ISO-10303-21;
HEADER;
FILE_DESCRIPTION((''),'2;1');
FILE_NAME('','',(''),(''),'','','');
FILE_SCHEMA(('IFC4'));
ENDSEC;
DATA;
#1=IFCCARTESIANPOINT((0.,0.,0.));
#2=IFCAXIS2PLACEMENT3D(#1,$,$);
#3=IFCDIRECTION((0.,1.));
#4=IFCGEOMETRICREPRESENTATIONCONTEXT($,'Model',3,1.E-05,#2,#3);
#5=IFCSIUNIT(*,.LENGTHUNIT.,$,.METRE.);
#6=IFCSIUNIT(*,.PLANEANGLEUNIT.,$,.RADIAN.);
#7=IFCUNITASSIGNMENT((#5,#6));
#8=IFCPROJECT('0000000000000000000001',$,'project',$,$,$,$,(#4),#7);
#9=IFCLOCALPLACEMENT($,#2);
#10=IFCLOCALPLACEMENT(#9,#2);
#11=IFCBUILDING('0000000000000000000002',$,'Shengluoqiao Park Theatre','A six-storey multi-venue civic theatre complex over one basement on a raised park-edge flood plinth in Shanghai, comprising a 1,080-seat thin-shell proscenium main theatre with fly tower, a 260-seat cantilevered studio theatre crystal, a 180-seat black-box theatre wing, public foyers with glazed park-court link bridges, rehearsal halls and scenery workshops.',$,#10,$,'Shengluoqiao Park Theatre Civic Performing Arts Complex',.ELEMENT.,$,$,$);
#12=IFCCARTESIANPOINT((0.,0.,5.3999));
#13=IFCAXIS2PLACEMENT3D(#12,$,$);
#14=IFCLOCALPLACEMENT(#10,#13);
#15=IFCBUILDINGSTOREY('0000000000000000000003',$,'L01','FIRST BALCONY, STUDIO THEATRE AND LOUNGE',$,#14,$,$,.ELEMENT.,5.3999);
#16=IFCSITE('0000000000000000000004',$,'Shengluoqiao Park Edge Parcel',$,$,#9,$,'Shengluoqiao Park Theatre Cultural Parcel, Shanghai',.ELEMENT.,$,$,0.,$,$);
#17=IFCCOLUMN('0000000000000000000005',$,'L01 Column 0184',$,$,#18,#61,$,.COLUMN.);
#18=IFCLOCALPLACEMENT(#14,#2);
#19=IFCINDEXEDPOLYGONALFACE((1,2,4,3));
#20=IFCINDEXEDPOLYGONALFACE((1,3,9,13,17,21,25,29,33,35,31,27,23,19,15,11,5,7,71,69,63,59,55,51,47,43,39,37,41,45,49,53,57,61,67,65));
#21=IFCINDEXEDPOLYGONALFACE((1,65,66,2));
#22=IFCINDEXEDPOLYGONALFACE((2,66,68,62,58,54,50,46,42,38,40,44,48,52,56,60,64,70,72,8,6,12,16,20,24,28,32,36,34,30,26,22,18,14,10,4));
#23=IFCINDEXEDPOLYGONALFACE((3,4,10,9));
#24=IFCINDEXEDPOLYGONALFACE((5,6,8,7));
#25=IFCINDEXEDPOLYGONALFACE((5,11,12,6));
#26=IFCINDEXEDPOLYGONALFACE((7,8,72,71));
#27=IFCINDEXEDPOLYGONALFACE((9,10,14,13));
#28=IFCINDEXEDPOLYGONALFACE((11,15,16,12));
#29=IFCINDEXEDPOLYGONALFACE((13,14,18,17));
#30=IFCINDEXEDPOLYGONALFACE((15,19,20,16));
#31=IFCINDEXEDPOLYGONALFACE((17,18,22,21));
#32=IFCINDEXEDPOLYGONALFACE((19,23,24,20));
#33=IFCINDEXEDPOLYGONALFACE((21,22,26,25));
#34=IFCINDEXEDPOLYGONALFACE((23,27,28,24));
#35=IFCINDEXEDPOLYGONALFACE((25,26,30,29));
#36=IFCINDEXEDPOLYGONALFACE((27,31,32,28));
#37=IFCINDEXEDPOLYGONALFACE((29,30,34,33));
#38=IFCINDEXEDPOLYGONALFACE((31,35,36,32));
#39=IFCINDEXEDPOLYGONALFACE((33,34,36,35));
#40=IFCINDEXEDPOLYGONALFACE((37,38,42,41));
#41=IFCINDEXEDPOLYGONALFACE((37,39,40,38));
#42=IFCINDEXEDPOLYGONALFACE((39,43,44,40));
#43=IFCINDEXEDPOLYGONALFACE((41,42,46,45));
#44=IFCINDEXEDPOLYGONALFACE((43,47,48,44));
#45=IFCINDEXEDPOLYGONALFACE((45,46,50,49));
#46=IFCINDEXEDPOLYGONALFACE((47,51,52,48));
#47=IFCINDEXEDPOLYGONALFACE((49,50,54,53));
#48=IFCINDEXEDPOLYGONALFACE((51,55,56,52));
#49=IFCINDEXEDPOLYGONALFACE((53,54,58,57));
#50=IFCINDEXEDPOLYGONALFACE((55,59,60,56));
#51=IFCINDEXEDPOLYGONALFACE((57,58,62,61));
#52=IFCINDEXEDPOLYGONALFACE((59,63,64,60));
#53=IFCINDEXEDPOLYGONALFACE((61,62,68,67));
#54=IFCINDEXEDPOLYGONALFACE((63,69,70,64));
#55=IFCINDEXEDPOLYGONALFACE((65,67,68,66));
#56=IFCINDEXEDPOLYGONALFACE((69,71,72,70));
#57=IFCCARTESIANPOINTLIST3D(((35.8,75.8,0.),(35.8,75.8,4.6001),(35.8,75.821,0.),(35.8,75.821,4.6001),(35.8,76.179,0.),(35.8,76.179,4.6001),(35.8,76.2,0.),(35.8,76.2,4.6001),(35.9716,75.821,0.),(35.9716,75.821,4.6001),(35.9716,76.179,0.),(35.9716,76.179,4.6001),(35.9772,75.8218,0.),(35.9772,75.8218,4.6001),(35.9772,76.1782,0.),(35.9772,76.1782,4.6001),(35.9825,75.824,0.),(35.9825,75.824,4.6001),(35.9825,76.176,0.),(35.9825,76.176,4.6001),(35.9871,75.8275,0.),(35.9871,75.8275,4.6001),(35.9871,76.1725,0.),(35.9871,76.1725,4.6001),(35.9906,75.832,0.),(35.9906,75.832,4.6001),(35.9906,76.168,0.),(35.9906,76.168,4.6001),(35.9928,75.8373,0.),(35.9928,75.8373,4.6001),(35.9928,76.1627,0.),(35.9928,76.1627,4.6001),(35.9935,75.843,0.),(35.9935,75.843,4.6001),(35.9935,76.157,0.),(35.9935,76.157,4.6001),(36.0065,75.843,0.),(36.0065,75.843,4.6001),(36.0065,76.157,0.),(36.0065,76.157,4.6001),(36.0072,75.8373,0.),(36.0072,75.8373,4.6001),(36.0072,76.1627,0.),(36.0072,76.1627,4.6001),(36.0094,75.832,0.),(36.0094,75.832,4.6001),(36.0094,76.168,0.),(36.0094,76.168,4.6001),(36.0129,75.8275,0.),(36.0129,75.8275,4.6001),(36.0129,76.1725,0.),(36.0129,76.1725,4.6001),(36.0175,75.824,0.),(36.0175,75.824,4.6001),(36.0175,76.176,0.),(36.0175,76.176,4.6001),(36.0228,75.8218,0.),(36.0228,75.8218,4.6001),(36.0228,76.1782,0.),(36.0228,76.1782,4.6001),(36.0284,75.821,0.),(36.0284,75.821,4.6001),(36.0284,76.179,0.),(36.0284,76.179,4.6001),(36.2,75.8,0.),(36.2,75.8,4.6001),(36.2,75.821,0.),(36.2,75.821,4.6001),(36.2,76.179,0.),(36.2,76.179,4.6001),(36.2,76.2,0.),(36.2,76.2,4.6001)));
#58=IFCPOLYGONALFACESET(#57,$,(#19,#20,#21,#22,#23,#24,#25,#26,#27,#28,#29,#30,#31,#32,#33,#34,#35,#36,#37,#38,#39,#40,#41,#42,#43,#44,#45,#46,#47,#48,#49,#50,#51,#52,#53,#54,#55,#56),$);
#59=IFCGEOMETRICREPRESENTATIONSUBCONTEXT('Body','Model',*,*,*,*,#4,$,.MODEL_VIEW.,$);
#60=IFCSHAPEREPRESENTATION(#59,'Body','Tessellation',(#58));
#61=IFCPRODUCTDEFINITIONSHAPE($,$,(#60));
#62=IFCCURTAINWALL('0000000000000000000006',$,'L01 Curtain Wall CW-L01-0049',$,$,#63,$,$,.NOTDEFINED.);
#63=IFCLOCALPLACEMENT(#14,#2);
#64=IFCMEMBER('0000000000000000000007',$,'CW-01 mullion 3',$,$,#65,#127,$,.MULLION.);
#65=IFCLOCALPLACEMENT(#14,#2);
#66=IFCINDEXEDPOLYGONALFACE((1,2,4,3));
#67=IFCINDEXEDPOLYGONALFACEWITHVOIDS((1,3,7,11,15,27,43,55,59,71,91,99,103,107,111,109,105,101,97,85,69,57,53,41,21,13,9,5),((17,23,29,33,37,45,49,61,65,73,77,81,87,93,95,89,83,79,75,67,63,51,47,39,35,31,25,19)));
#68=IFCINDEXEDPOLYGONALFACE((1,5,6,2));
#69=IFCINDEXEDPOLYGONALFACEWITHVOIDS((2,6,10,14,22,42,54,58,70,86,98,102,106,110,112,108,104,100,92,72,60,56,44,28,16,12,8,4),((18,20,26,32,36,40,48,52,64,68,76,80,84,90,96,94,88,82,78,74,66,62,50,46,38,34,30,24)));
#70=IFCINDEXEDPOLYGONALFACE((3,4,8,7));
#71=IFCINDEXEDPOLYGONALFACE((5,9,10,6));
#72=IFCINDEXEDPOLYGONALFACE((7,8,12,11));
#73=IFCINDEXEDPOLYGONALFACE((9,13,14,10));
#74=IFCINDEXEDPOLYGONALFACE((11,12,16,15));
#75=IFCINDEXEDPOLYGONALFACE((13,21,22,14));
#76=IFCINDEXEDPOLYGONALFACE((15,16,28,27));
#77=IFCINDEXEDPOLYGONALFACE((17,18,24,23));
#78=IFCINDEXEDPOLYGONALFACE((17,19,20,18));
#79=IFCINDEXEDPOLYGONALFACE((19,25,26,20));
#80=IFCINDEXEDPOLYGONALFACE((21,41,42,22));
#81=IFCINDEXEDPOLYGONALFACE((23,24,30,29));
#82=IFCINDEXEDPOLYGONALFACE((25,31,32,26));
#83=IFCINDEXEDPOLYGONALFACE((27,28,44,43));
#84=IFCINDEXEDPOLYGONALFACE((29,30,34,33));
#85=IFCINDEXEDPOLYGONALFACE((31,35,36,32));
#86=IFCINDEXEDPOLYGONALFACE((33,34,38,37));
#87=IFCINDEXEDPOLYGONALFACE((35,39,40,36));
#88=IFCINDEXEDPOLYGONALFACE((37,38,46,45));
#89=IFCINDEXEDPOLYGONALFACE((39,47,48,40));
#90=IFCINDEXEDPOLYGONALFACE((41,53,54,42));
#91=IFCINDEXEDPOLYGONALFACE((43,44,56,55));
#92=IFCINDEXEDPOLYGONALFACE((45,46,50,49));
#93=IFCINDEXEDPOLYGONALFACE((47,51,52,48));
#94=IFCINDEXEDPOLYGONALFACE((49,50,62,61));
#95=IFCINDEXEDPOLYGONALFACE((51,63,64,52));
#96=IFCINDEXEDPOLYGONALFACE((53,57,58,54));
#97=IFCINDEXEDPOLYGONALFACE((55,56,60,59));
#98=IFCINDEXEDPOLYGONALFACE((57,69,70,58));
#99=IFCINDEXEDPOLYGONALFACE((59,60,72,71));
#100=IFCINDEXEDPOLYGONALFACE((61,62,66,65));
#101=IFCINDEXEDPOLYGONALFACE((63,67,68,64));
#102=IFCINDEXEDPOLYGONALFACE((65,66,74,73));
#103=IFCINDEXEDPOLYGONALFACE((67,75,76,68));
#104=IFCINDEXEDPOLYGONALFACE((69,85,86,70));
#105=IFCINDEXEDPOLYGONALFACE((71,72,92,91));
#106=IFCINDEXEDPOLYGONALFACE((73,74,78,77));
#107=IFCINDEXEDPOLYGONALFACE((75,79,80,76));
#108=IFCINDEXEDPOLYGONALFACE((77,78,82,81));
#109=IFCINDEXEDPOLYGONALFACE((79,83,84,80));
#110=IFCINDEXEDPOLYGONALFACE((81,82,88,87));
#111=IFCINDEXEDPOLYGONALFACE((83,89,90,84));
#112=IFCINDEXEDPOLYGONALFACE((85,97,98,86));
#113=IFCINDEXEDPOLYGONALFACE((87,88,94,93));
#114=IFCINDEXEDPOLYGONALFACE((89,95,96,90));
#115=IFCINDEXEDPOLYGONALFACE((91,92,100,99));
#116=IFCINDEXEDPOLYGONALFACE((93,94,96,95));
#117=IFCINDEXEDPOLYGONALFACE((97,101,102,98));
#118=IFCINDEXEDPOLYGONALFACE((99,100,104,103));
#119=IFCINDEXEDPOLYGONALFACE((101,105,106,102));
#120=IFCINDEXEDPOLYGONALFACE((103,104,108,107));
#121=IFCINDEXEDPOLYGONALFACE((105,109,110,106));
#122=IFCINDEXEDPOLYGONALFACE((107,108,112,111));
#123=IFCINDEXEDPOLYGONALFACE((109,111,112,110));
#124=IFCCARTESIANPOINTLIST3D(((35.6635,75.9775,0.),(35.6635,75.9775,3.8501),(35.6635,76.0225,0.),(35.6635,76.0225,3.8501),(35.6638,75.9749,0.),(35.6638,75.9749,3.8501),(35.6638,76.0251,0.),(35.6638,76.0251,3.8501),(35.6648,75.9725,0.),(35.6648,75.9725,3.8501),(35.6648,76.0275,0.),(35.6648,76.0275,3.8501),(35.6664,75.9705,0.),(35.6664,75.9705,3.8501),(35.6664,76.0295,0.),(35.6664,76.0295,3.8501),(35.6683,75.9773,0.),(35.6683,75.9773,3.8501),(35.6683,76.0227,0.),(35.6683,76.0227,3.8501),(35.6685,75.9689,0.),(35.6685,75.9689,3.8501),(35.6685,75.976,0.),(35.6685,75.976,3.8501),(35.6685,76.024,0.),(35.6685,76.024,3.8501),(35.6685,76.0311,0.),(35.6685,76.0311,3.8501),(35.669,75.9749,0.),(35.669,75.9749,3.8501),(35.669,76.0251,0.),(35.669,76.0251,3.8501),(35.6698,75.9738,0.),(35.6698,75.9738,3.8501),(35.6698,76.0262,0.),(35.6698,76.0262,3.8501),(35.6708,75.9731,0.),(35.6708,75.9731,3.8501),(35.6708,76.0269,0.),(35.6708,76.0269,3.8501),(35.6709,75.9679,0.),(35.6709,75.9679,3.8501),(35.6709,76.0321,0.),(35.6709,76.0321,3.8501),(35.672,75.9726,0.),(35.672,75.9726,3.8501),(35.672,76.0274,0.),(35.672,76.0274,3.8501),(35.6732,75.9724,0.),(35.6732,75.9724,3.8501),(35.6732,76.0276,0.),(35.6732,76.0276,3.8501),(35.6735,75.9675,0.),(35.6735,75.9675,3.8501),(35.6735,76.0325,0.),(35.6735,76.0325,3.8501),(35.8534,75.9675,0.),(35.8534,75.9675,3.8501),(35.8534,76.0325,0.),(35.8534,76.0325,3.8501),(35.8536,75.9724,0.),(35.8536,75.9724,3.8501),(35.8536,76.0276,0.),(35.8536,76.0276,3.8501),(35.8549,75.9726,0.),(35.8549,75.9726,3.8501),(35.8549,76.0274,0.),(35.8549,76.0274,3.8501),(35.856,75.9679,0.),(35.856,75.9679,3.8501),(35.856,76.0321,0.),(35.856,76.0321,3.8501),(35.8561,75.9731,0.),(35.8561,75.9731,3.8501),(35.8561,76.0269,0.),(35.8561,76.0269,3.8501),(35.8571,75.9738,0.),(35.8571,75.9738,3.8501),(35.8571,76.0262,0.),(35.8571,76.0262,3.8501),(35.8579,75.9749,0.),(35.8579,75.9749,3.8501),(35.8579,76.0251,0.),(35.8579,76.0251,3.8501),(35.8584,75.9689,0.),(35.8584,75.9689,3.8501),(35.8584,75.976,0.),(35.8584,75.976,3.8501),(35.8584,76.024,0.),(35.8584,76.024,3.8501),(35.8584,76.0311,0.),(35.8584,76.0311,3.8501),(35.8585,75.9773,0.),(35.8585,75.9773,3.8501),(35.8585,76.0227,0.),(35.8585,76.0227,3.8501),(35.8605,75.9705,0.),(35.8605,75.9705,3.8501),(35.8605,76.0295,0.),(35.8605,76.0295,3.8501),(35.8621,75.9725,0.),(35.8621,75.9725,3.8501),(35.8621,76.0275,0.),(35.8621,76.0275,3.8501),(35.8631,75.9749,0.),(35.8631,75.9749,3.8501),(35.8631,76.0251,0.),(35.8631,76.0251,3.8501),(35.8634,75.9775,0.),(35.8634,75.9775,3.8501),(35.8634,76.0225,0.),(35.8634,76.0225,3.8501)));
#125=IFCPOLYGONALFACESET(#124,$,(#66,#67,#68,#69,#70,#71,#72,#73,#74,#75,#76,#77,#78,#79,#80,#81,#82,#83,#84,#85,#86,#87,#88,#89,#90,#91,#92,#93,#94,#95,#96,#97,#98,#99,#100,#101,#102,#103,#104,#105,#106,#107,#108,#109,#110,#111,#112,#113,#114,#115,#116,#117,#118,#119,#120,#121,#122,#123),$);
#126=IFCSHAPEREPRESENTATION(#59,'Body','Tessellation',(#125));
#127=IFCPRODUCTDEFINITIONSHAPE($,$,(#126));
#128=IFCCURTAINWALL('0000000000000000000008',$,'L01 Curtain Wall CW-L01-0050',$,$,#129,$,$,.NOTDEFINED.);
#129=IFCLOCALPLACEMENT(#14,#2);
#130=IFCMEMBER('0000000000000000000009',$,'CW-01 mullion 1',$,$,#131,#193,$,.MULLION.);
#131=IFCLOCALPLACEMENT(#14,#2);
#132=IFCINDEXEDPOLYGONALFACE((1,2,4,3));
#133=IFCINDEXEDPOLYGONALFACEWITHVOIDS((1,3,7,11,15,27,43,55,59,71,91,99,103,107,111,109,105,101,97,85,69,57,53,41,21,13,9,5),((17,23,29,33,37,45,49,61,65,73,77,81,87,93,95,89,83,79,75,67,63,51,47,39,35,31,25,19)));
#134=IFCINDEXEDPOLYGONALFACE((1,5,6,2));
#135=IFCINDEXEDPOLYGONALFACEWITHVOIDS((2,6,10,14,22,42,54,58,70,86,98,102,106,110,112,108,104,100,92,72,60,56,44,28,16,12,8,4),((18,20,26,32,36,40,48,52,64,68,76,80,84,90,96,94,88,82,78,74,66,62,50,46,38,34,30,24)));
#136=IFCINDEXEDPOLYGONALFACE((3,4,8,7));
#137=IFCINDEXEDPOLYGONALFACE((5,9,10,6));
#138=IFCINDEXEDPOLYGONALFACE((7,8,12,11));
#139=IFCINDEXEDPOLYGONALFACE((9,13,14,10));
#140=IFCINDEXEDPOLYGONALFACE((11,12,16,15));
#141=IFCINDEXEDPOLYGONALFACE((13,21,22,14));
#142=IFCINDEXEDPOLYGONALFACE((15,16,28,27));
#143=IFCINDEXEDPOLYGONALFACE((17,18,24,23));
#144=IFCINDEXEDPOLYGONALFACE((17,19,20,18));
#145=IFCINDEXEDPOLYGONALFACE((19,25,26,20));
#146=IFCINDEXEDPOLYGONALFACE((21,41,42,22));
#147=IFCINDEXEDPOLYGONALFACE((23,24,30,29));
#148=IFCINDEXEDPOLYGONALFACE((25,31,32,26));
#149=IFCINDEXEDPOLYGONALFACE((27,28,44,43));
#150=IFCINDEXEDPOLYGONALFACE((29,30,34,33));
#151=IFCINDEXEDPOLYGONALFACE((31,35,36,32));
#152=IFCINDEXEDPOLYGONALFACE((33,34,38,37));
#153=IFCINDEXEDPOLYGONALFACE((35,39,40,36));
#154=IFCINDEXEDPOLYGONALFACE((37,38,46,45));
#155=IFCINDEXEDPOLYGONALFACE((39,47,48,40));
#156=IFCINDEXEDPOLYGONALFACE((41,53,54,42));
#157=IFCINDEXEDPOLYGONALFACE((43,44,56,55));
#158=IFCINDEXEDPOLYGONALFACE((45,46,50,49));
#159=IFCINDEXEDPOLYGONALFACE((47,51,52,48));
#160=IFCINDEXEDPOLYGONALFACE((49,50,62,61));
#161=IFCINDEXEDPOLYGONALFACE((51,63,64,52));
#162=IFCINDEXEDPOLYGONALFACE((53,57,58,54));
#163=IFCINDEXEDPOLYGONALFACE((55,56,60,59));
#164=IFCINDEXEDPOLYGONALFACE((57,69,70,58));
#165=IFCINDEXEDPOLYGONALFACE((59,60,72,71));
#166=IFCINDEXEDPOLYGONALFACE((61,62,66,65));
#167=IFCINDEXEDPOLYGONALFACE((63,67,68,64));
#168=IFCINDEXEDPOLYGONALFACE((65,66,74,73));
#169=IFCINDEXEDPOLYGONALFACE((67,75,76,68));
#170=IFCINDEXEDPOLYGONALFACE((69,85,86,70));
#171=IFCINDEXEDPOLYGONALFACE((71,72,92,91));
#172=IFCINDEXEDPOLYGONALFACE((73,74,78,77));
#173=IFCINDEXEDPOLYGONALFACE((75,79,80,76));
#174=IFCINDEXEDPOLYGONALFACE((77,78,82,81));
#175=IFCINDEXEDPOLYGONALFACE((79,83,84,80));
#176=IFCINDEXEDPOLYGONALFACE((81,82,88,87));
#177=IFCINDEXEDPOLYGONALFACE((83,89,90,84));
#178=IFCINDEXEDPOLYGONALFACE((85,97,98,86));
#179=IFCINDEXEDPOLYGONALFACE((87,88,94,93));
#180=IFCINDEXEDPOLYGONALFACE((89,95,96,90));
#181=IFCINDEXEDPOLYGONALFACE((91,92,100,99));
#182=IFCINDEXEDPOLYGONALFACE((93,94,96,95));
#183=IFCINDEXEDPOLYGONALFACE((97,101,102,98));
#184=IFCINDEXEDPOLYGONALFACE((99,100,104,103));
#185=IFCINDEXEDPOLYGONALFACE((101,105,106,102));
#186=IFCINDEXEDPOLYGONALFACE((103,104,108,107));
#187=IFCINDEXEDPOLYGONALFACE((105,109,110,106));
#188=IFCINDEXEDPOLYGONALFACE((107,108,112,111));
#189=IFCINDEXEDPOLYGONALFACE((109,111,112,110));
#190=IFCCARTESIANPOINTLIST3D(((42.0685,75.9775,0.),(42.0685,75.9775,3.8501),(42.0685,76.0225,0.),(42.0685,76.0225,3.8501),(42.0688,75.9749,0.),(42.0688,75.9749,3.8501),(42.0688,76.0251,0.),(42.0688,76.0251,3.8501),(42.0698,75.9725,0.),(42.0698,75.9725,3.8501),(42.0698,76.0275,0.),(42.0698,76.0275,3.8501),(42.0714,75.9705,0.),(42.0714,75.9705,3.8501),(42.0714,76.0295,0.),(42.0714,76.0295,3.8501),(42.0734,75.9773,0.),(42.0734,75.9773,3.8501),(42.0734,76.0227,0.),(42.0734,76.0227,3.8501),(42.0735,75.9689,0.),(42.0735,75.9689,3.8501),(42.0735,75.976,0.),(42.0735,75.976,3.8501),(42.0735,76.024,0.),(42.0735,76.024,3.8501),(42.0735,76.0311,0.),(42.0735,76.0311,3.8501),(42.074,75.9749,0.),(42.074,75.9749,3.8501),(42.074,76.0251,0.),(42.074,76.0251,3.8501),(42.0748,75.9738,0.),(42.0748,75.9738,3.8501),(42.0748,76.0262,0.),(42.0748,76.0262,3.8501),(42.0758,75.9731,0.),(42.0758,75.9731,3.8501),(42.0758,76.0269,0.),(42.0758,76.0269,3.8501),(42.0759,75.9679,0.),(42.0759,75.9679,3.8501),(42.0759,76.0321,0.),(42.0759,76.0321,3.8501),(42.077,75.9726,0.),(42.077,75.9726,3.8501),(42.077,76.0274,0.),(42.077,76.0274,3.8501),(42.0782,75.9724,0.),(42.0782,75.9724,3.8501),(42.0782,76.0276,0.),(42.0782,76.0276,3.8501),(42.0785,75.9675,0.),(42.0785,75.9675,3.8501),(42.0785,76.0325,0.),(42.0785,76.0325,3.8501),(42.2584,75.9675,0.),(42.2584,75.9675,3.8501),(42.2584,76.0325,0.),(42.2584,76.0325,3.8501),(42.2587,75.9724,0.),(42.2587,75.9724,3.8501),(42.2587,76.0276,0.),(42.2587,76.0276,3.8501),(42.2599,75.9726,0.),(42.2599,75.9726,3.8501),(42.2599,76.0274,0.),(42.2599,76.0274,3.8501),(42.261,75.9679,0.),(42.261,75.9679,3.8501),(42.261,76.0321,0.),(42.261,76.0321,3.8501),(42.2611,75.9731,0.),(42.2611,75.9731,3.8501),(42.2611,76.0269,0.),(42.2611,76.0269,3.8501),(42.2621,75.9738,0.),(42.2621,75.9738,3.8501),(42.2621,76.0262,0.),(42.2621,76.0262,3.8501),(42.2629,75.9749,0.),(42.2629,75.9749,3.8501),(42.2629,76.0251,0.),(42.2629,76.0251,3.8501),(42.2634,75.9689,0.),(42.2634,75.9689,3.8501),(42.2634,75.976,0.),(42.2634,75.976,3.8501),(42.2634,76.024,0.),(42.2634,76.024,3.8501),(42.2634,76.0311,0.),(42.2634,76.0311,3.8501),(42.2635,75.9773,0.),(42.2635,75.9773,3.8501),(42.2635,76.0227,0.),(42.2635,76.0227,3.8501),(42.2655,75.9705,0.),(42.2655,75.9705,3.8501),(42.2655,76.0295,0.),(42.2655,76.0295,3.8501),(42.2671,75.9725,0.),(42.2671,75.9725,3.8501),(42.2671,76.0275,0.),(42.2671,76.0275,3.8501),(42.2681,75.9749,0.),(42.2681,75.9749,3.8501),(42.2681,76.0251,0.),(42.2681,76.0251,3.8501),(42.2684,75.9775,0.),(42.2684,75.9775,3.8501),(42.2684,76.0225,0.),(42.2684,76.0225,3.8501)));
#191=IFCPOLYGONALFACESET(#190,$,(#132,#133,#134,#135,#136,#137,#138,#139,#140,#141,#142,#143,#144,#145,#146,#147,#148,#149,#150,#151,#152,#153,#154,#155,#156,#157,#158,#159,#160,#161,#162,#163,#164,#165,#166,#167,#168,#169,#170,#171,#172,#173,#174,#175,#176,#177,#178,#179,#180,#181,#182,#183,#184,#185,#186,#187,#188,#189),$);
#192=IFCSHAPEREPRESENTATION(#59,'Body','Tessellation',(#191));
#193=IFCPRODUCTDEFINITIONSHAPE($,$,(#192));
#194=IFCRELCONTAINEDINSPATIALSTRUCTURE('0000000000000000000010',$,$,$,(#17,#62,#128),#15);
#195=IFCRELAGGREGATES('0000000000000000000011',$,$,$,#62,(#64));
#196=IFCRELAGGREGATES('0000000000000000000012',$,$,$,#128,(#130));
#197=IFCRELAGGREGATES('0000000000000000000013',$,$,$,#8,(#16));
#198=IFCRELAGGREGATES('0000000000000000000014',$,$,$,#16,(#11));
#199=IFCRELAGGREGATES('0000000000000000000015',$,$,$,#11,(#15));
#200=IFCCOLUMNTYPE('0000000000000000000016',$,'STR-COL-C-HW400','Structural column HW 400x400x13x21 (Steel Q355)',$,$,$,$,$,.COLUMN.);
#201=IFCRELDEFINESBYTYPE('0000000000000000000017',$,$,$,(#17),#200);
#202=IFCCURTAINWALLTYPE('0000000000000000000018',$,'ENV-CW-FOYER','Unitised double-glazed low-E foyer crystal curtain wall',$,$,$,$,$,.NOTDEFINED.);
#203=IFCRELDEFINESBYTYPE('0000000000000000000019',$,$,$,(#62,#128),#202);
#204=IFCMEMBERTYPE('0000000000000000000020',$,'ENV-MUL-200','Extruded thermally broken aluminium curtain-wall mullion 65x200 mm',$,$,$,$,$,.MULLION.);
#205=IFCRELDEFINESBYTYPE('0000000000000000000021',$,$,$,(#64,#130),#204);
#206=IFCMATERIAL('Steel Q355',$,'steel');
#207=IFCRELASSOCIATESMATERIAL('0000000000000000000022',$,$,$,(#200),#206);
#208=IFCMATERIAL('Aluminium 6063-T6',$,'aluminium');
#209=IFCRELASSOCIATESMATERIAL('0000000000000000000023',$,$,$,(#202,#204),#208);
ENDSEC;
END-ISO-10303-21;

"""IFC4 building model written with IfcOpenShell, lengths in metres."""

from ifc_helpers import new_model, si_unit, direction, frame, origin, origin_2d, place, context, subcontext, project, spatial, hollow_rectangle, i_section, extrude, material, material_profile, profile_set, type_object, element, aggregate, save


model = new_model("IFC4")

# Units and contexts
model_context = context("Model", 3, precision=1e-05, world=origin(), true_north=direction((0.0, 1.0)))
body_context = subcontext(model_context, "Body", "Model", "MODEL_VIEW")
ifc_project = project(units=[si_unit("LENGTHUNIT", "METRE"), si_unit("PLANEANGLEUNIT", "RADIAN")], contexts=[model_context])

# Site, building, storey
site_placement = place(None, origin())
site = spatial("IfcSite", under=ifc_project, at=site_placement, Name="Shengluoqiao Park Edge Parcel", LongName="Shengluoqiao Park Theatre Cultural Parcel, Shanghai", CompositionType="ELEMENT", RefElevation=0.0)
building_placement = place(site_placement, origin())
building = spatial("IfcBuilding", under=site, at=building_placement, Name="Shengluoqiao Park Theatre", Description="A six-storey multi-venue civic theatre complex over one basement on a raised park-edge flood plinth in Shanghai, comprising a 1,080-seat thin-shell proscenium main theatre with fly tower, a 260-seat cantilevered studio theatre crystal, a 180-seat black-box theatre wing, public foyers with glazed park-court link bridges, rehearsal halls and scenery workshops.", LongName="Shengluoqiao Park Theatre Civic Performing Arts Complex", CompositionType="ELEMENT")
storey_placement = place(building_placement, frame((0.0, 0.0, 5.3999)))
storey = spatial("IfcBuildingStorey", under=building, at=storey_placement, Name="L01", Description="FIRST BALCONY, STUDIO THEATRE AND LOUNGE", CompositionType="ELEMENT", Elevation=5.3999)

# Column
ifc_material_1 = material(Name="Steel Q355", Category="steel")
ifc_material_profile_1 = material_profile(ifc_material_1, i_section(OverallWidth=0.3999, OverallDepth=0.3999, WebThickness=0.0129, FlangeThickness=0.021, FilletRadius=0.022, at=origin_2d()), Name="HW 400x400x13x21")
ifc_profile_set_1 = profile_set([ifc_material_profile_1], Name="Steel Q355")
column_type = type_object("IfcColumnType", Name="STR-COL-C-HW400", Description="Structural column HW 400x400x13x21 (Steel Q355)", PredefinedType="COLUMN", material=ifc_profile_set_1)
column_placement = place(storey_placement, frame((36.0, 76.0, 0.0), z_axis=(0.0, 0.0, 1.0), x_axis=(1.0, 0.0, 0.0)))
element("IfcColumn", 1, at=column_placement, inside=storey, type_object=column_type, Name="L01 Column 0184", PredefinedType="COLUMN", context=body_context, shape_type="SweptSolid", body=[
    extrude(i_section(OverallWidth=0.3999, OverallDepth=0.3999, WebThickness=0.0129, FlangeThickness=0.021, FilletRadius=0.022, at=origin_2d()), origin(), (0.0, 0.0, 1.0), 4.6001),
])

# Curtain wall, member
ifc_material_2 = material(Name="Aluminium 6063-T6", Category="aluminium")
curtain_wall_type = type_object("IfcCurtainWallType", Name="ENV-CW-FOYER", Description="Unitised double-glazed low-E foyer crystal curtain wall", PredefinedType="NOTDEFINED", material=ifc_material_2)
curtain_wall_1_placement = place(storey_placement, origin())
curtain_wall_1 = element("IfcCurtainWall", 2, at=curtain_wall_1_placement, inside=storey, type_object=curtain_wall_type, Name="L01 Curtain Wall CW-L01-0049", PredefinedType="NOTDEFINED")
ifc_material_profile_2 = material_profile(ifc_material_2, hollow_rectangle(XDim=0.0649, YDim=0.2, WallThickness=0.0049, InnerFilletRadius=0.0049, OuterFilletRadius=0.01, at=origin_2d()), Name="ALU MULLION 200x65x5")
ifc_profile_set_2 = profile_set([ifc_material_profile_2], Name="Aluminium 6063-T6")
member_type_1 = type_object("IfcMemberType", Name="ENV-MUL-200", Description="Extruded thermally broken aluminium curtain-wall mullion 65x200 mm", PredefinedType="MULLION", material=ifc_profile_set_2)
member_1_placement = place(storey_placement, frame((35.7634, 76.0, 0.0), z_axis=(0.0, 0.0, 1.0), x_axis=(0.0, 1.0, 0.0)))
member_1 = element("IfcMember", 3, at=member_1_placement, type_object=member_type_1, Name="CW-01 mullion 3", PredefinedType="MULLION", context=body_context, shape_type="SweptSolid", body=[
    extrude(hollow_rectangle(XDim=0.0649, YDim=0.2, WallThickness=0.0049, InnerFilletRadius=0.0049, OuterFilletRadius=0.01, at=origin_2d()), origin(), (0.0, 0.0, 1.0), 3.8501),
])

# Curtain wall, member
curtain_wall_2_placement = place(storey_placement, origin())
curtain_wall_2 = element("IfcCurtainWall", 4, at=curtain_wall_2_placement, inside=storey, type_object=curtain_wall_type, Name="L01 Curtain Wall CW-L01-0050", PredefinedType="NOTDEFINED")
member_2_placement = place(storey_placement, frame((42.1685, 76.0, 0.0), z_axis=(0.0, 0.0, 1.0), x_axis=(0.0, 1.0, 0.0)))
member_2 = element("IfcMember", 5, at=member_2_placement, type_object=member_type_1, Name="CW-01 mullion 1", PredefinedType="MULLION", context=body_context, shape_type="SweptSolid", body=[
    extrude(hollow_rectangle(XDim=0.0649, YDim=0.2, WallThickness=0.0049, InnerFilletRadius=0.0049, OuterFilletRadius=0.01, at=origin_2d()), origin(), (0.0, 0.0, 1.0), 3.8501),
])

aggregate(curtain_wall_1, [member_1])
aggregate(curtain_wall_2, [member_2])

save(model, "model.ifc")
